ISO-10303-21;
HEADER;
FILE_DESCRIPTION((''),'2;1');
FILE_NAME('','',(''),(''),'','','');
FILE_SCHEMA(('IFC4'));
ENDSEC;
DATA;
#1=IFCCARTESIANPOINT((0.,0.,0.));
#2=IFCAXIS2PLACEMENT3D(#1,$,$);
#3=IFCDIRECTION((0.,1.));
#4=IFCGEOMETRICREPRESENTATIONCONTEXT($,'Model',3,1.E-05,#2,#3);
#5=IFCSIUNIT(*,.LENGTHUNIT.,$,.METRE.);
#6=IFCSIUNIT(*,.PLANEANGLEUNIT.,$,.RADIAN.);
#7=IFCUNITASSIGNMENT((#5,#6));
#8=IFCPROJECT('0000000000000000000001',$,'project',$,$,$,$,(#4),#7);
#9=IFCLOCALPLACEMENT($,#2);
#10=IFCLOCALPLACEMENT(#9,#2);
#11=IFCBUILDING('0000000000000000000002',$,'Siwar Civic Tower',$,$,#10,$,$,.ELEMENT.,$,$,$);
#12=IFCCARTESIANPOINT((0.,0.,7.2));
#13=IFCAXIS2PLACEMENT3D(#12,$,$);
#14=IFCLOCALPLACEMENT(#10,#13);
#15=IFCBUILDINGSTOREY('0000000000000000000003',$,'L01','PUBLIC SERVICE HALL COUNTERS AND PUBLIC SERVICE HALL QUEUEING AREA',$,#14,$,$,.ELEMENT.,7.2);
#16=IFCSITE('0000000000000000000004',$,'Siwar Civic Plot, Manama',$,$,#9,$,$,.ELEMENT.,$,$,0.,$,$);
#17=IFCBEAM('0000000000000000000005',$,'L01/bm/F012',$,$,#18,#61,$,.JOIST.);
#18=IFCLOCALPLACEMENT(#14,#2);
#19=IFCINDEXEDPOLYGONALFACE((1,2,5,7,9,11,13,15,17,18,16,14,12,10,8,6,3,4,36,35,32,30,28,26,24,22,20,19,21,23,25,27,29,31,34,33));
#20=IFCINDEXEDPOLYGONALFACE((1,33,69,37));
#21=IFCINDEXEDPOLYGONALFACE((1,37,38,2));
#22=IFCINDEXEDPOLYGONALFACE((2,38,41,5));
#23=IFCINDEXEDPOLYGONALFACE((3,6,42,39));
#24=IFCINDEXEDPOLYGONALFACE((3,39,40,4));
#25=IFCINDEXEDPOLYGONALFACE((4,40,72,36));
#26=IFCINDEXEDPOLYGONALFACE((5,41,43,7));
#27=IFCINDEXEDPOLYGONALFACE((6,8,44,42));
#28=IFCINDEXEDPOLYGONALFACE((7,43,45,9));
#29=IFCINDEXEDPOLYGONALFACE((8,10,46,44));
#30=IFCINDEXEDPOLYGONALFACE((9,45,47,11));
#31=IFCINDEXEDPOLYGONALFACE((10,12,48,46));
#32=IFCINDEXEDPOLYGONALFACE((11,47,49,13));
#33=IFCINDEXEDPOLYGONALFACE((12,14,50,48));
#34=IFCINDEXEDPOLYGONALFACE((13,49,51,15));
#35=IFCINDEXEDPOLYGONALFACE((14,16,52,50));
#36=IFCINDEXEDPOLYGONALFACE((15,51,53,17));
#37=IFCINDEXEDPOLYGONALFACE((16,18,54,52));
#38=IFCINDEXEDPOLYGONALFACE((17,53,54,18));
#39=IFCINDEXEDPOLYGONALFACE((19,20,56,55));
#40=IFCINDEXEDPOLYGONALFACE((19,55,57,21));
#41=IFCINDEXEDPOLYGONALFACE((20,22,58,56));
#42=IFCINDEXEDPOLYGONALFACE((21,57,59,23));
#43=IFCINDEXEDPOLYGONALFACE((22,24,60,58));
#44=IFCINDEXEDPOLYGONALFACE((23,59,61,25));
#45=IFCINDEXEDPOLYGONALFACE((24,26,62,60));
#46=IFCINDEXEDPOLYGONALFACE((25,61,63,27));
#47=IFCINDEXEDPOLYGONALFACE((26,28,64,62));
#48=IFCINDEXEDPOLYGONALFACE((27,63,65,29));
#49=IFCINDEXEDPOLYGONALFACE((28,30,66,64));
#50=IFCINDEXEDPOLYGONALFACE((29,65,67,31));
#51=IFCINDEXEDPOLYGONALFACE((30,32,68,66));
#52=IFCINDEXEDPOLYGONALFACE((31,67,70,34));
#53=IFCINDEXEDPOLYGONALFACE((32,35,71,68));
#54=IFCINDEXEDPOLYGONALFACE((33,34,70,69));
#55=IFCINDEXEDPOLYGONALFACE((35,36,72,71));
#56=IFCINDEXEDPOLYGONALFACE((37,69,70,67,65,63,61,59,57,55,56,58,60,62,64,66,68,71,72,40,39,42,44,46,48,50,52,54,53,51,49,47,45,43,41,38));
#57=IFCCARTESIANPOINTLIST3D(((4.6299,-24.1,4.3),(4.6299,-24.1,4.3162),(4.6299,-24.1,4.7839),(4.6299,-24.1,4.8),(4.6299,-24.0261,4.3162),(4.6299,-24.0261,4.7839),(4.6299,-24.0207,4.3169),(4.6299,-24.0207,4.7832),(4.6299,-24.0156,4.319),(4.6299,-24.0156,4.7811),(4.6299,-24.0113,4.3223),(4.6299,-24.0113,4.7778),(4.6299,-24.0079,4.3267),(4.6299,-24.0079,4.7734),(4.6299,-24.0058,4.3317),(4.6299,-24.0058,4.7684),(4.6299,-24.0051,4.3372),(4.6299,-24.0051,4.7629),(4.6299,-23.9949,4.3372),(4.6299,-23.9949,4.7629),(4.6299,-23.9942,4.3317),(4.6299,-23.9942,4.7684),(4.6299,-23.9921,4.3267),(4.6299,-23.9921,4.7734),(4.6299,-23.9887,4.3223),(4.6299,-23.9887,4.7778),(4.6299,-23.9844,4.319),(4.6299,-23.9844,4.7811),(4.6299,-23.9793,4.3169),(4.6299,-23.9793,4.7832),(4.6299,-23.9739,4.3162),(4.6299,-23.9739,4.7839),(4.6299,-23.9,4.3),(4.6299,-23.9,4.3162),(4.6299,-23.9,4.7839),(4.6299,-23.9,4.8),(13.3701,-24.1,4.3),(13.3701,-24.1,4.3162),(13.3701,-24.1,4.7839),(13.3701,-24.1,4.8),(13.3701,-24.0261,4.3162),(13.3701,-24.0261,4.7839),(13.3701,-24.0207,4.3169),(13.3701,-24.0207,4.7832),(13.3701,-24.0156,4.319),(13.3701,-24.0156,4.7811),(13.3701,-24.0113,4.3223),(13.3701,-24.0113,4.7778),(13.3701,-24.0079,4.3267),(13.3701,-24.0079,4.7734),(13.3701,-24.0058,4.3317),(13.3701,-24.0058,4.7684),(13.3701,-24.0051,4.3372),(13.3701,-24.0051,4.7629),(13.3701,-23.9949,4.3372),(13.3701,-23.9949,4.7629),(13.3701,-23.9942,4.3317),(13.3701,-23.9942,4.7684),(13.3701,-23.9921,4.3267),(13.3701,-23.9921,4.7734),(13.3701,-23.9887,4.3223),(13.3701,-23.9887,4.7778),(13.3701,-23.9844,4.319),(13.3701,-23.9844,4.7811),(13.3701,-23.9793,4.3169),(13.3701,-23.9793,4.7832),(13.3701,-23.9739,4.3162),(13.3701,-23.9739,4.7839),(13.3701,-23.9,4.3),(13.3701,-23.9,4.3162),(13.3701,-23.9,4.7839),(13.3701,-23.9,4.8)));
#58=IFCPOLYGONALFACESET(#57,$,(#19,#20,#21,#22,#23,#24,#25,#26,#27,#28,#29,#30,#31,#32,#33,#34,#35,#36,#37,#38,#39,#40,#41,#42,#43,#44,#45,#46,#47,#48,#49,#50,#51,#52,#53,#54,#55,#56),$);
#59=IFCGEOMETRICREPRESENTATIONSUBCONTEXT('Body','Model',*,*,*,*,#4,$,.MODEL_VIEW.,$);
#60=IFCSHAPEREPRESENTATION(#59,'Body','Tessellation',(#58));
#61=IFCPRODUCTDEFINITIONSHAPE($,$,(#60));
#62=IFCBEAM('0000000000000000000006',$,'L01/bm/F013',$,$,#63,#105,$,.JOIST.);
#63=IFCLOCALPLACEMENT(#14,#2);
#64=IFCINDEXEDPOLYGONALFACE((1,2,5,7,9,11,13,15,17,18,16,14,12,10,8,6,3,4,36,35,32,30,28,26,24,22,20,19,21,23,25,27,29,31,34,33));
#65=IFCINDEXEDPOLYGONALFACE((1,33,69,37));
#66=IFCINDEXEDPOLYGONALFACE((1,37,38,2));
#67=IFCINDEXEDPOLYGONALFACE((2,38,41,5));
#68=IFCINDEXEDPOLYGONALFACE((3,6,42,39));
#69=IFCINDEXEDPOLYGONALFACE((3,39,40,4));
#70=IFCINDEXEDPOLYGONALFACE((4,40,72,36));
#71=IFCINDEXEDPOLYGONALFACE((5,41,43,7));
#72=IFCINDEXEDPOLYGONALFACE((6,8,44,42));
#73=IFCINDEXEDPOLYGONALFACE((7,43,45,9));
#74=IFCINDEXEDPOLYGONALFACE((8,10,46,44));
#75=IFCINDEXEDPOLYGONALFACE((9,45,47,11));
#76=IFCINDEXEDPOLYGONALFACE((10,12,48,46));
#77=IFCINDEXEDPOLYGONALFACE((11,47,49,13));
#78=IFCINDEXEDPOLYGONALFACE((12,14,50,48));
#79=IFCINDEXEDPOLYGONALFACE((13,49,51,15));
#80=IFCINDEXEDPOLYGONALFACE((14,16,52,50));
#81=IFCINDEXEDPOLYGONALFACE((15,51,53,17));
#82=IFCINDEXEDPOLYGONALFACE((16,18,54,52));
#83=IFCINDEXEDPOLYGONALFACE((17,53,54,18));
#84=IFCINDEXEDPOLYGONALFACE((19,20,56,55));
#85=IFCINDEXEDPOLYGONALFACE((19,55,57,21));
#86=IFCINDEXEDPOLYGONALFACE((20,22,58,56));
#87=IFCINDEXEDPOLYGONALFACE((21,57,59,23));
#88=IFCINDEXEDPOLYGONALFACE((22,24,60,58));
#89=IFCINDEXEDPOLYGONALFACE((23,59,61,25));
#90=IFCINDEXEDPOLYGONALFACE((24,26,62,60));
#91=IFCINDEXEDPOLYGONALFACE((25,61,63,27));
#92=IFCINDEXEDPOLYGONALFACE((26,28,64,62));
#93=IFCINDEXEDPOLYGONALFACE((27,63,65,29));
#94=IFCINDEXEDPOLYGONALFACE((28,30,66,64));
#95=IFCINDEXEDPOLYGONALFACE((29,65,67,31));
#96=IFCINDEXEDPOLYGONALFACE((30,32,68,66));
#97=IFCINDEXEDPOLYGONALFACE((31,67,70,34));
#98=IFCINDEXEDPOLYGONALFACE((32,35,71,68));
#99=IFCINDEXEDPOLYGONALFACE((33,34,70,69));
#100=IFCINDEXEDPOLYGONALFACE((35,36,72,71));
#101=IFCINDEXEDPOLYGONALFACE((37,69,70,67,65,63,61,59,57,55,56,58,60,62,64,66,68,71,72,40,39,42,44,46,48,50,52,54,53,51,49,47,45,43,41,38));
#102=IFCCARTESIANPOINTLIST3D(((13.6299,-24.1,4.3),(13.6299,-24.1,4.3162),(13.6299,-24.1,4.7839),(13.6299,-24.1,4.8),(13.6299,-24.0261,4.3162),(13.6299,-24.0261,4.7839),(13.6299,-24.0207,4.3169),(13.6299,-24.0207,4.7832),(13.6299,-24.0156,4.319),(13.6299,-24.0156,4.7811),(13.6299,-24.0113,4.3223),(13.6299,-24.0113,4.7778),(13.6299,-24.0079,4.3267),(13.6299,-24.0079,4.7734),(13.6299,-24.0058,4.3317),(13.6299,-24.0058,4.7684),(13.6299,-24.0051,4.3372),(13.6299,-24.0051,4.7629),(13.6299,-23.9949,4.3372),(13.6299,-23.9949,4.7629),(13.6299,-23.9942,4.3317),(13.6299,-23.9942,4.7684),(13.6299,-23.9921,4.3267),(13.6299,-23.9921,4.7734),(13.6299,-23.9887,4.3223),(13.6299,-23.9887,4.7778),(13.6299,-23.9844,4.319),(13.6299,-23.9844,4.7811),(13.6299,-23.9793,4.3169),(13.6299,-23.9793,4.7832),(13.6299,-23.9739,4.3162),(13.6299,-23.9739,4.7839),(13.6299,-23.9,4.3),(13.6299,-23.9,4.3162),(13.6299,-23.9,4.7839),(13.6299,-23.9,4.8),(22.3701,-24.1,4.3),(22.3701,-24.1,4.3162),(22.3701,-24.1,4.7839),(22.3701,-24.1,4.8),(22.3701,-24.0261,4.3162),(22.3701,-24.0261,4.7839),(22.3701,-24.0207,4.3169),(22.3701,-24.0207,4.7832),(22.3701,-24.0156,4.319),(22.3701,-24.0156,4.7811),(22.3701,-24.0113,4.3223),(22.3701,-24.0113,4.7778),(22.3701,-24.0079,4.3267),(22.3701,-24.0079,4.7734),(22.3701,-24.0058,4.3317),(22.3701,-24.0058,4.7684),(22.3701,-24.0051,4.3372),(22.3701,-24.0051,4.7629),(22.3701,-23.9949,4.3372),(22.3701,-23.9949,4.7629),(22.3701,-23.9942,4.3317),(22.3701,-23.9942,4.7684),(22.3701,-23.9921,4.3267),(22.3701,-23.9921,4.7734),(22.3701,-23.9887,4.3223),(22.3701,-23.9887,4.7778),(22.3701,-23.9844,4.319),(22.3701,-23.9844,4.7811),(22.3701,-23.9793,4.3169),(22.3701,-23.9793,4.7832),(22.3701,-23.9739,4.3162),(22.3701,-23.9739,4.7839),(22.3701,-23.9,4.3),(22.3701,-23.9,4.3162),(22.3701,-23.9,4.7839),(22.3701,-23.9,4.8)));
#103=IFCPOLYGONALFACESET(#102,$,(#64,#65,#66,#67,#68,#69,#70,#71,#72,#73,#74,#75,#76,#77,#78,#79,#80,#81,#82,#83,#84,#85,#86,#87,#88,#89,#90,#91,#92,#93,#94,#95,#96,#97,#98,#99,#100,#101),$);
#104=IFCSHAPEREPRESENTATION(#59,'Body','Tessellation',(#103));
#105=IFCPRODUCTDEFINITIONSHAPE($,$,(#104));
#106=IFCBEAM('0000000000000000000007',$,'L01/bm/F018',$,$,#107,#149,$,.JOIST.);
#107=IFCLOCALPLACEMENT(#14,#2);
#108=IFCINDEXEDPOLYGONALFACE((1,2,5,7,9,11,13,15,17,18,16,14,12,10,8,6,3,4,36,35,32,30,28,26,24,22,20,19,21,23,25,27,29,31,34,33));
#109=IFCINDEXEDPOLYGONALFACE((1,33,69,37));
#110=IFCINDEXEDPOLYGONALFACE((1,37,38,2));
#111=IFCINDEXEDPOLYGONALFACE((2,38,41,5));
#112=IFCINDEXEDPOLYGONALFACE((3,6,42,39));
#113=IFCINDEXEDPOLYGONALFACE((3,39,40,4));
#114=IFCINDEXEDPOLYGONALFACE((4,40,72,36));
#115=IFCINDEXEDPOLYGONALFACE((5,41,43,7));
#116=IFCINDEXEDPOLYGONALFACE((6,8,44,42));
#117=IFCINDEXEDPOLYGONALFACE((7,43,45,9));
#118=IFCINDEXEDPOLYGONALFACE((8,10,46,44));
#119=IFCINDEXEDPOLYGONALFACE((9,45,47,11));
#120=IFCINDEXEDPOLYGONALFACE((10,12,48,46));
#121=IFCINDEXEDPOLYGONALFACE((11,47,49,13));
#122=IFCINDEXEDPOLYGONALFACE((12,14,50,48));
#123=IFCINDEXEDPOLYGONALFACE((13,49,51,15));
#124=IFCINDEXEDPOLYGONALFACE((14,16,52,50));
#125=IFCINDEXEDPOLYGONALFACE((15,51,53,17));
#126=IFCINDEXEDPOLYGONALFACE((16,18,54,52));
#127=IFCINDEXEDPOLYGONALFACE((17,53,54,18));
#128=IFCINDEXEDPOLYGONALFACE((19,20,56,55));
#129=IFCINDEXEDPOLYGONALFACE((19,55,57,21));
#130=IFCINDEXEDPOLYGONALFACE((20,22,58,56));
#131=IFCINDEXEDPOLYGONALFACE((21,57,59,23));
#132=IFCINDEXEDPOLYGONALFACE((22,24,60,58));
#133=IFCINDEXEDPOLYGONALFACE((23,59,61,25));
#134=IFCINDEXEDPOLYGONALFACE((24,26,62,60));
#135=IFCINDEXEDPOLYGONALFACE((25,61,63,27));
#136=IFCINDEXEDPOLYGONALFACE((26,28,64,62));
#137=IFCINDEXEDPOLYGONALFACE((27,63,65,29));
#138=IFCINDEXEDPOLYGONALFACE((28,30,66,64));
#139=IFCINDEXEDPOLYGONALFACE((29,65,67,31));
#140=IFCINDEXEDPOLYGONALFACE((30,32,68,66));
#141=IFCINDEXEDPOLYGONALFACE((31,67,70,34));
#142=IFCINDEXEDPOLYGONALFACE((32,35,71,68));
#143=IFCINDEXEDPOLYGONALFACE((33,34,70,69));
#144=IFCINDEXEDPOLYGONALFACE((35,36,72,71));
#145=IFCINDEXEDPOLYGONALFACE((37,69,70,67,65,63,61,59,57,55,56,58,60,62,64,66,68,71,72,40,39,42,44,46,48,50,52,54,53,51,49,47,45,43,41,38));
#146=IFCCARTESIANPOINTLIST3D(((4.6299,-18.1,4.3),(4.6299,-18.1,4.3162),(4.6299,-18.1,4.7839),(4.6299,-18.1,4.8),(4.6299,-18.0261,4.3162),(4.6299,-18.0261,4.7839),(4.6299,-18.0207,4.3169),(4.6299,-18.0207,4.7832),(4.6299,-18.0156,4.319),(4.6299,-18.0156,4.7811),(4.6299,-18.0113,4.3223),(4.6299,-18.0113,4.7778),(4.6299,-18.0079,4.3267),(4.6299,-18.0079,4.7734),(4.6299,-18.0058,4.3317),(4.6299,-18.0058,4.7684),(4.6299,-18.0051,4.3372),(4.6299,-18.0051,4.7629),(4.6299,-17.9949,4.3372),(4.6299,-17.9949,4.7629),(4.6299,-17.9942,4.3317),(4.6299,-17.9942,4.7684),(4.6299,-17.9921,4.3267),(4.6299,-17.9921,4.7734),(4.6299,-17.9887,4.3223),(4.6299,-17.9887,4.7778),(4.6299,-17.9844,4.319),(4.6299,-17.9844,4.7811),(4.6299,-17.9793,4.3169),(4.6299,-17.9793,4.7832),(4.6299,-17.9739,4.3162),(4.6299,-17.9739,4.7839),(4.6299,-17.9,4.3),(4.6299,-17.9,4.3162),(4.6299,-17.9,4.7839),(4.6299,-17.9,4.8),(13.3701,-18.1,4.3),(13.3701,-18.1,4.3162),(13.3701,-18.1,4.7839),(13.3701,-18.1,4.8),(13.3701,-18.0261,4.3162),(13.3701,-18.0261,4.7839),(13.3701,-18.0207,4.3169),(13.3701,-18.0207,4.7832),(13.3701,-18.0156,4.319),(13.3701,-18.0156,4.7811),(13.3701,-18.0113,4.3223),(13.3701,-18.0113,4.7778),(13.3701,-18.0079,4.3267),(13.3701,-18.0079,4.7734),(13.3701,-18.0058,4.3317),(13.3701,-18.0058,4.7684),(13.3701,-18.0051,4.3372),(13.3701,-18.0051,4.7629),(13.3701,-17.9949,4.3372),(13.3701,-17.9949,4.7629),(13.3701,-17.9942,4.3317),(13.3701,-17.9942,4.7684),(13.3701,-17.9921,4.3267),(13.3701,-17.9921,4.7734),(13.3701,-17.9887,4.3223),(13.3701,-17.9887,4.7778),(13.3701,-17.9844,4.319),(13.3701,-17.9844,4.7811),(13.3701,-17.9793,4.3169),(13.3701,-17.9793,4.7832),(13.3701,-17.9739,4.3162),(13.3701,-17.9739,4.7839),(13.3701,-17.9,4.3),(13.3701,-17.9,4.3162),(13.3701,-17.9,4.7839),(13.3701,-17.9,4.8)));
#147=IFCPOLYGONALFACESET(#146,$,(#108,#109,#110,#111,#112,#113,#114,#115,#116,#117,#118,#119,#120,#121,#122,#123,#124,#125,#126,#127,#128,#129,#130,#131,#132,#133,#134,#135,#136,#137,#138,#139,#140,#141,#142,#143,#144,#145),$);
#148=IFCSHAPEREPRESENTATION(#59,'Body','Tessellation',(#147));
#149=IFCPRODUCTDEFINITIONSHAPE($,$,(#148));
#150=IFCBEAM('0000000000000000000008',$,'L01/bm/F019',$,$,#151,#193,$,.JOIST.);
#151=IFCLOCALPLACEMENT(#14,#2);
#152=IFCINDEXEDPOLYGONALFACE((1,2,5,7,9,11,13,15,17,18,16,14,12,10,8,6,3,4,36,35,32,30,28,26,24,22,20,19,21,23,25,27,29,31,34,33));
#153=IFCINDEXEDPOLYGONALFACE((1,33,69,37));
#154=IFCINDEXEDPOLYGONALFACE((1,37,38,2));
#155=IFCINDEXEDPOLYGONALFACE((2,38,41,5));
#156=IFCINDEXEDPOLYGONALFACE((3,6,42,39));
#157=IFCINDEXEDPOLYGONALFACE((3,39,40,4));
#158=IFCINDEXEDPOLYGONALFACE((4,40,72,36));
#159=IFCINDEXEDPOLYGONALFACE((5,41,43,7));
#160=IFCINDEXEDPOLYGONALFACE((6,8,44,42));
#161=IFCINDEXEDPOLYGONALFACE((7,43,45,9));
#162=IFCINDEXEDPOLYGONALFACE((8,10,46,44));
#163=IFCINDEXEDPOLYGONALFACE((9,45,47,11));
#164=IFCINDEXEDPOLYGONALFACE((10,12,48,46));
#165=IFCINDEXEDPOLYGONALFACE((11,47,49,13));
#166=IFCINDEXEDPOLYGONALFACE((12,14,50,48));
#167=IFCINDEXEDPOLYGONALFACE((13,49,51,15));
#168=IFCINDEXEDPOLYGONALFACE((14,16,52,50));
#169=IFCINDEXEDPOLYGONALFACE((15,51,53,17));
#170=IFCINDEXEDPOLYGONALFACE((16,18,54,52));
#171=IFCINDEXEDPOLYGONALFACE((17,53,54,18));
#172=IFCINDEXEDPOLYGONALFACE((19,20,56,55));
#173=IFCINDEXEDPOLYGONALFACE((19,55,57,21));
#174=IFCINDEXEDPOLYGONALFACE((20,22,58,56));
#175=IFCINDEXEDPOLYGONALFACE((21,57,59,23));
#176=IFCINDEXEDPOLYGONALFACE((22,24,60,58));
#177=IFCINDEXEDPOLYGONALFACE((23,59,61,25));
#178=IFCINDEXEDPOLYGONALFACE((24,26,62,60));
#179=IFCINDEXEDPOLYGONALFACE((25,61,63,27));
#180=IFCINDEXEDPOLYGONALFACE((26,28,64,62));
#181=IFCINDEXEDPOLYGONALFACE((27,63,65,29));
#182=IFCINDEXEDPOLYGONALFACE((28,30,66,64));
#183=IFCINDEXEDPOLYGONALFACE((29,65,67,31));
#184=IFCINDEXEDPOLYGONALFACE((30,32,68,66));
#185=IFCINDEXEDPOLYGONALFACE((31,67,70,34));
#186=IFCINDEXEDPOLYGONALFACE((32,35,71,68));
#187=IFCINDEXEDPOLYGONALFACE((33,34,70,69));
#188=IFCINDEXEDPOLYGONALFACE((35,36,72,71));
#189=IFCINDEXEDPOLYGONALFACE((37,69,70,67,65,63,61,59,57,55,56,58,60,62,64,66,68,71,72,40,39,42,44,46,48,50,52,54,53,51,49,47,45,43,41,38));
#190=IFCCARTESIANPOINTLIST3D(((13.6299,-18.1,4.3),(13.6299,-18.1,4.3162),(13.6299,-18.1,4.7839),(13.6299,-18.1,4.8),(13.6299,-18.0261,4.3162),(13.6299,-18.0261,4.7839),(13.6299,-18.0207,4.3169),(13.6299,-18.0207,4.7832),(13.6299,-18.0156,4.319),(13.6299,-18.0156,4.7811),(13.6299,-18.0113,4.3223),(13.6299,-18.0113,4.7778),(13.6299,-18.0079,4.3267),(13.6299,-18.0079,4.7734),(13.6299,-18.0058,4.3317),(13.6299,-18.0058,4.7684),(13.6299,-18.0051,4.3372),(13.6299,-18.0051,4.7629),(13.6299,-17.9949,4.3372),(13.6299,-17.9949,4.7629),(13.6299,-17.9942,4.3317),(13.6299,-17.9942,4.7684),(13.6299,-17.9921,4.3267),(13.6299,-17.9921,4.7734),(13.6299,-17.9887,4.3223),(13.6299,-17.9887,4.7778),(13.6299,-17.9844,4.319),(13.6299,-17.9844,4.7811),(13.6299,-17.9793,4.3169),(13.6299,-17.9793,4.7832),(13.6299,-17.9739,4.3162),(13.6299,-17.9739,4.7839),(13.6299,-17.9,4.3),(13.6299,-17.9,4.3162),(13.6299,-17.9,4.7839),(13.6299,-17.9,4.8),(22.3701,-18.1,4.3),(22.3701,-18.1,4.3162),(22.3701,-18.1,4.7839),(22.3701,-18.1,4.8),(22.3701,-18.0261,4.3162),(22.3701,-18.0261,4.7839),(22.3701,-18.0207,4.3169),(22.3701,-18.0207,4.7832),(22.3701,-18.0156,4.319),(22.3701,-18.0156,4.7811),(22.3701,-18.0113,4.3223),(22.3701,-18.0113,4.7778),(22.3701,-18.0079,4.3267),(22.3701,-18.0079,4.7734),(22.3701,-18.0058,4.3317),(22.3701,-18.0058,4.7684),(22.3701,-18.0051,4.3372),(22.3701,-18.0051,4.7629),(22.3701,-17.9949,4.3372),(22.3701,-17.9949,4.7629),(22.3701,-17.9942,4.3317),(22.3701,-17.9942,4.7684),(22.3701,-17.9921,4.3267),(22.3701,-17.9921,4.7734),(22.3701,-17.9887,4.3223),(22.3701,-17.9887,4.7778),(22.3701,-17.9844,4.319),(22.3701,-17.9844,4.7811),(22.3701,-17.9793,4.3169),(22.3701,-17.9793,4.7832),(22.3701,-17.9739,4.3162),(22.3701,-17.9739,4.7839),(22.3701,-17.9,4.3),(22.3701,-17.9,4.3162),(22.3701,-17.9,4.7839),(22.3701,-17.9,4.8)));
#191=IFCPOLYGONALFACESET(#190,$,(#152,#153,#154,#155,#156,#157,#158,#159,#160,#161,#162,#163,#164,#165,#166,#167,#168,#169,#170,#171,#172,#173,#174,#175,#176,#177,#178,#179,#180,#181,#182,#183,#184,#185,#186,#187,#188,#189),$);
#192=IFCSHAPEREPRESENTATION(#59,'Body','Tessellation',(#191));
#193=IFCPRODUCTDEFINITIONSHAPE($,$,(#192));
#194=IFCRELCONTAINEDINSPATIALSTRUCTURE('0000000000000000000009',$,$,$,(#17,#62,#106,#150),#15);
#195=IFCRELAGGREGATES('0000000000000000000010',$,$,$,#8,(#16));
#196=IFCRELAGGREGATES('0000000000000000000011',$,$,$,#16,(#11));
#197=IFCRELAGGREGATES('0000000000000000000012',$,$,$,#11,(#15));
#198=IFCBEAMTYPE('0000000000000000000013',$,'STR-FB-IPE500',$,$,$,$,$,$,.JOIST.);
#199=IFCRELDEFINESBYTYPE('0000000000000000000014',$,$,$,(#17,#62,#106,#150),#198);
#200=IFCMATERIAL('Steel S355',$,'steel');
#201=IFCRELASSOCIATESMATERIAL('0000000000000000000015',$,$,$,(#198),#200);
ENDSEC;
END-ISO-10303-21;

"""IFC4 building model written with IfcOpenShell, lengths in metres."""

from ifc_helpers import new_model, si_unit, direction, frame, origin, origin_2d, place, context, subcontext, project, spatial, i_section, extrude, material, material_profile, profile_set, type_object, element, save


model = new_model("IFC4")

# Units and contexts
model_context = context("Model", 3, precision=1e-05, world=origin(), true_north=direction((0.0, 1.0)))
body_context = subcontext(model_context, "Body", "Model", "MODEL_VIEW")
ifc_project = project(units=[si_unit("LENGTHUNIT", "METRE"), si_unit("PLANEANGLEUNIT", "RADIAN")], contexts=[model_context])

# Site, building, storey
site_placement = place(None, origin())
site = spatial("IfcSite", under=ifc_project, at=site_placement, Name="Siwar Civic Plot, Manama", CompositionType="ELEMENT", RefElevation=0.0)
building_placement = place(site_placement, origin())
building = spatial("IfcBuilding", under=site, at=building_placement, Name="Siwar Civic Tower", CompositionType="ELEMENT")
storey_placement = place(building_placement, frame((0.0, 0.0, 7.2)))
storey = spatial("IfcBuildingStorey", under=building, at=storey_placement, Name="L01", Description="PUBLIC SERVICE HALL COUNTERS AND PUBLIC SERVICE HALL QUEUEING AREA", CompositionType="ELEMENT", Elevation=7.2)

# Beams
ifc_material_1 = material(Name="Steel S355", Category="steel")
ifc_material_profile_1 = material_profile(ifc_material_1, i_section(OverallWidth=0.2, OverallDepth=0.5, WebThickness=0.0103, FlangeThickness=0.0161, FilletRadius=0.021, at=origin_2d()), Name="IPE500")
ifc_profile_set_1 = profile_set([ifc_material_profile_1], Name="Steel S355")
beam_type_1 = type_object("IfcBeamType", Name="STR-FB-IPE500", PredefinedType="JOIST", material=ifc_profile_set_1)
for number, where, z_axis, x_axis, name in (
    (1, (4.6299, -24.0, 4.55), (1.0, 0.0, 0.0), (0.0, 1.0, 0.0), "L01/bm/F012"),
    (2, (13.6299, -24.0, 4.55), (1.0, 0.0, 0.0), (0.0, 1.0, 0.0), "L01/bm/F013"),
    (3, (4.6299, -18.0, 4.55), (1.0, 0.0, 0.0), (0.0, 1.0, 0.0), "L01/bm/F018"),
    (4, (13.6299, -18.0, 4.55), (1.0, 0.0, 0.0), (0.0, 1.0, 0.0), "L01/bm/F019"),
):
    element("IfcBeam", number, at=place(storey_placement, frame(where, z_axis=z_axis, x_axis=x_axis)), inside=storey, type_object=beam_type_1, Name=name, PredefinedType="JOIST", context=body_context, shape_type="SweptSolid", body=[
        extrude(i_section(OverallWidth=0.2, OverallDepth=0.5, WebThickness=0.0103, FlangeThickness=0.0161, FilletRadius=0.021, at=origin_2d()), origin(), (0.0, 0.0, 1.0), 8.7402),
    ])

save(model, "model.ifc")
